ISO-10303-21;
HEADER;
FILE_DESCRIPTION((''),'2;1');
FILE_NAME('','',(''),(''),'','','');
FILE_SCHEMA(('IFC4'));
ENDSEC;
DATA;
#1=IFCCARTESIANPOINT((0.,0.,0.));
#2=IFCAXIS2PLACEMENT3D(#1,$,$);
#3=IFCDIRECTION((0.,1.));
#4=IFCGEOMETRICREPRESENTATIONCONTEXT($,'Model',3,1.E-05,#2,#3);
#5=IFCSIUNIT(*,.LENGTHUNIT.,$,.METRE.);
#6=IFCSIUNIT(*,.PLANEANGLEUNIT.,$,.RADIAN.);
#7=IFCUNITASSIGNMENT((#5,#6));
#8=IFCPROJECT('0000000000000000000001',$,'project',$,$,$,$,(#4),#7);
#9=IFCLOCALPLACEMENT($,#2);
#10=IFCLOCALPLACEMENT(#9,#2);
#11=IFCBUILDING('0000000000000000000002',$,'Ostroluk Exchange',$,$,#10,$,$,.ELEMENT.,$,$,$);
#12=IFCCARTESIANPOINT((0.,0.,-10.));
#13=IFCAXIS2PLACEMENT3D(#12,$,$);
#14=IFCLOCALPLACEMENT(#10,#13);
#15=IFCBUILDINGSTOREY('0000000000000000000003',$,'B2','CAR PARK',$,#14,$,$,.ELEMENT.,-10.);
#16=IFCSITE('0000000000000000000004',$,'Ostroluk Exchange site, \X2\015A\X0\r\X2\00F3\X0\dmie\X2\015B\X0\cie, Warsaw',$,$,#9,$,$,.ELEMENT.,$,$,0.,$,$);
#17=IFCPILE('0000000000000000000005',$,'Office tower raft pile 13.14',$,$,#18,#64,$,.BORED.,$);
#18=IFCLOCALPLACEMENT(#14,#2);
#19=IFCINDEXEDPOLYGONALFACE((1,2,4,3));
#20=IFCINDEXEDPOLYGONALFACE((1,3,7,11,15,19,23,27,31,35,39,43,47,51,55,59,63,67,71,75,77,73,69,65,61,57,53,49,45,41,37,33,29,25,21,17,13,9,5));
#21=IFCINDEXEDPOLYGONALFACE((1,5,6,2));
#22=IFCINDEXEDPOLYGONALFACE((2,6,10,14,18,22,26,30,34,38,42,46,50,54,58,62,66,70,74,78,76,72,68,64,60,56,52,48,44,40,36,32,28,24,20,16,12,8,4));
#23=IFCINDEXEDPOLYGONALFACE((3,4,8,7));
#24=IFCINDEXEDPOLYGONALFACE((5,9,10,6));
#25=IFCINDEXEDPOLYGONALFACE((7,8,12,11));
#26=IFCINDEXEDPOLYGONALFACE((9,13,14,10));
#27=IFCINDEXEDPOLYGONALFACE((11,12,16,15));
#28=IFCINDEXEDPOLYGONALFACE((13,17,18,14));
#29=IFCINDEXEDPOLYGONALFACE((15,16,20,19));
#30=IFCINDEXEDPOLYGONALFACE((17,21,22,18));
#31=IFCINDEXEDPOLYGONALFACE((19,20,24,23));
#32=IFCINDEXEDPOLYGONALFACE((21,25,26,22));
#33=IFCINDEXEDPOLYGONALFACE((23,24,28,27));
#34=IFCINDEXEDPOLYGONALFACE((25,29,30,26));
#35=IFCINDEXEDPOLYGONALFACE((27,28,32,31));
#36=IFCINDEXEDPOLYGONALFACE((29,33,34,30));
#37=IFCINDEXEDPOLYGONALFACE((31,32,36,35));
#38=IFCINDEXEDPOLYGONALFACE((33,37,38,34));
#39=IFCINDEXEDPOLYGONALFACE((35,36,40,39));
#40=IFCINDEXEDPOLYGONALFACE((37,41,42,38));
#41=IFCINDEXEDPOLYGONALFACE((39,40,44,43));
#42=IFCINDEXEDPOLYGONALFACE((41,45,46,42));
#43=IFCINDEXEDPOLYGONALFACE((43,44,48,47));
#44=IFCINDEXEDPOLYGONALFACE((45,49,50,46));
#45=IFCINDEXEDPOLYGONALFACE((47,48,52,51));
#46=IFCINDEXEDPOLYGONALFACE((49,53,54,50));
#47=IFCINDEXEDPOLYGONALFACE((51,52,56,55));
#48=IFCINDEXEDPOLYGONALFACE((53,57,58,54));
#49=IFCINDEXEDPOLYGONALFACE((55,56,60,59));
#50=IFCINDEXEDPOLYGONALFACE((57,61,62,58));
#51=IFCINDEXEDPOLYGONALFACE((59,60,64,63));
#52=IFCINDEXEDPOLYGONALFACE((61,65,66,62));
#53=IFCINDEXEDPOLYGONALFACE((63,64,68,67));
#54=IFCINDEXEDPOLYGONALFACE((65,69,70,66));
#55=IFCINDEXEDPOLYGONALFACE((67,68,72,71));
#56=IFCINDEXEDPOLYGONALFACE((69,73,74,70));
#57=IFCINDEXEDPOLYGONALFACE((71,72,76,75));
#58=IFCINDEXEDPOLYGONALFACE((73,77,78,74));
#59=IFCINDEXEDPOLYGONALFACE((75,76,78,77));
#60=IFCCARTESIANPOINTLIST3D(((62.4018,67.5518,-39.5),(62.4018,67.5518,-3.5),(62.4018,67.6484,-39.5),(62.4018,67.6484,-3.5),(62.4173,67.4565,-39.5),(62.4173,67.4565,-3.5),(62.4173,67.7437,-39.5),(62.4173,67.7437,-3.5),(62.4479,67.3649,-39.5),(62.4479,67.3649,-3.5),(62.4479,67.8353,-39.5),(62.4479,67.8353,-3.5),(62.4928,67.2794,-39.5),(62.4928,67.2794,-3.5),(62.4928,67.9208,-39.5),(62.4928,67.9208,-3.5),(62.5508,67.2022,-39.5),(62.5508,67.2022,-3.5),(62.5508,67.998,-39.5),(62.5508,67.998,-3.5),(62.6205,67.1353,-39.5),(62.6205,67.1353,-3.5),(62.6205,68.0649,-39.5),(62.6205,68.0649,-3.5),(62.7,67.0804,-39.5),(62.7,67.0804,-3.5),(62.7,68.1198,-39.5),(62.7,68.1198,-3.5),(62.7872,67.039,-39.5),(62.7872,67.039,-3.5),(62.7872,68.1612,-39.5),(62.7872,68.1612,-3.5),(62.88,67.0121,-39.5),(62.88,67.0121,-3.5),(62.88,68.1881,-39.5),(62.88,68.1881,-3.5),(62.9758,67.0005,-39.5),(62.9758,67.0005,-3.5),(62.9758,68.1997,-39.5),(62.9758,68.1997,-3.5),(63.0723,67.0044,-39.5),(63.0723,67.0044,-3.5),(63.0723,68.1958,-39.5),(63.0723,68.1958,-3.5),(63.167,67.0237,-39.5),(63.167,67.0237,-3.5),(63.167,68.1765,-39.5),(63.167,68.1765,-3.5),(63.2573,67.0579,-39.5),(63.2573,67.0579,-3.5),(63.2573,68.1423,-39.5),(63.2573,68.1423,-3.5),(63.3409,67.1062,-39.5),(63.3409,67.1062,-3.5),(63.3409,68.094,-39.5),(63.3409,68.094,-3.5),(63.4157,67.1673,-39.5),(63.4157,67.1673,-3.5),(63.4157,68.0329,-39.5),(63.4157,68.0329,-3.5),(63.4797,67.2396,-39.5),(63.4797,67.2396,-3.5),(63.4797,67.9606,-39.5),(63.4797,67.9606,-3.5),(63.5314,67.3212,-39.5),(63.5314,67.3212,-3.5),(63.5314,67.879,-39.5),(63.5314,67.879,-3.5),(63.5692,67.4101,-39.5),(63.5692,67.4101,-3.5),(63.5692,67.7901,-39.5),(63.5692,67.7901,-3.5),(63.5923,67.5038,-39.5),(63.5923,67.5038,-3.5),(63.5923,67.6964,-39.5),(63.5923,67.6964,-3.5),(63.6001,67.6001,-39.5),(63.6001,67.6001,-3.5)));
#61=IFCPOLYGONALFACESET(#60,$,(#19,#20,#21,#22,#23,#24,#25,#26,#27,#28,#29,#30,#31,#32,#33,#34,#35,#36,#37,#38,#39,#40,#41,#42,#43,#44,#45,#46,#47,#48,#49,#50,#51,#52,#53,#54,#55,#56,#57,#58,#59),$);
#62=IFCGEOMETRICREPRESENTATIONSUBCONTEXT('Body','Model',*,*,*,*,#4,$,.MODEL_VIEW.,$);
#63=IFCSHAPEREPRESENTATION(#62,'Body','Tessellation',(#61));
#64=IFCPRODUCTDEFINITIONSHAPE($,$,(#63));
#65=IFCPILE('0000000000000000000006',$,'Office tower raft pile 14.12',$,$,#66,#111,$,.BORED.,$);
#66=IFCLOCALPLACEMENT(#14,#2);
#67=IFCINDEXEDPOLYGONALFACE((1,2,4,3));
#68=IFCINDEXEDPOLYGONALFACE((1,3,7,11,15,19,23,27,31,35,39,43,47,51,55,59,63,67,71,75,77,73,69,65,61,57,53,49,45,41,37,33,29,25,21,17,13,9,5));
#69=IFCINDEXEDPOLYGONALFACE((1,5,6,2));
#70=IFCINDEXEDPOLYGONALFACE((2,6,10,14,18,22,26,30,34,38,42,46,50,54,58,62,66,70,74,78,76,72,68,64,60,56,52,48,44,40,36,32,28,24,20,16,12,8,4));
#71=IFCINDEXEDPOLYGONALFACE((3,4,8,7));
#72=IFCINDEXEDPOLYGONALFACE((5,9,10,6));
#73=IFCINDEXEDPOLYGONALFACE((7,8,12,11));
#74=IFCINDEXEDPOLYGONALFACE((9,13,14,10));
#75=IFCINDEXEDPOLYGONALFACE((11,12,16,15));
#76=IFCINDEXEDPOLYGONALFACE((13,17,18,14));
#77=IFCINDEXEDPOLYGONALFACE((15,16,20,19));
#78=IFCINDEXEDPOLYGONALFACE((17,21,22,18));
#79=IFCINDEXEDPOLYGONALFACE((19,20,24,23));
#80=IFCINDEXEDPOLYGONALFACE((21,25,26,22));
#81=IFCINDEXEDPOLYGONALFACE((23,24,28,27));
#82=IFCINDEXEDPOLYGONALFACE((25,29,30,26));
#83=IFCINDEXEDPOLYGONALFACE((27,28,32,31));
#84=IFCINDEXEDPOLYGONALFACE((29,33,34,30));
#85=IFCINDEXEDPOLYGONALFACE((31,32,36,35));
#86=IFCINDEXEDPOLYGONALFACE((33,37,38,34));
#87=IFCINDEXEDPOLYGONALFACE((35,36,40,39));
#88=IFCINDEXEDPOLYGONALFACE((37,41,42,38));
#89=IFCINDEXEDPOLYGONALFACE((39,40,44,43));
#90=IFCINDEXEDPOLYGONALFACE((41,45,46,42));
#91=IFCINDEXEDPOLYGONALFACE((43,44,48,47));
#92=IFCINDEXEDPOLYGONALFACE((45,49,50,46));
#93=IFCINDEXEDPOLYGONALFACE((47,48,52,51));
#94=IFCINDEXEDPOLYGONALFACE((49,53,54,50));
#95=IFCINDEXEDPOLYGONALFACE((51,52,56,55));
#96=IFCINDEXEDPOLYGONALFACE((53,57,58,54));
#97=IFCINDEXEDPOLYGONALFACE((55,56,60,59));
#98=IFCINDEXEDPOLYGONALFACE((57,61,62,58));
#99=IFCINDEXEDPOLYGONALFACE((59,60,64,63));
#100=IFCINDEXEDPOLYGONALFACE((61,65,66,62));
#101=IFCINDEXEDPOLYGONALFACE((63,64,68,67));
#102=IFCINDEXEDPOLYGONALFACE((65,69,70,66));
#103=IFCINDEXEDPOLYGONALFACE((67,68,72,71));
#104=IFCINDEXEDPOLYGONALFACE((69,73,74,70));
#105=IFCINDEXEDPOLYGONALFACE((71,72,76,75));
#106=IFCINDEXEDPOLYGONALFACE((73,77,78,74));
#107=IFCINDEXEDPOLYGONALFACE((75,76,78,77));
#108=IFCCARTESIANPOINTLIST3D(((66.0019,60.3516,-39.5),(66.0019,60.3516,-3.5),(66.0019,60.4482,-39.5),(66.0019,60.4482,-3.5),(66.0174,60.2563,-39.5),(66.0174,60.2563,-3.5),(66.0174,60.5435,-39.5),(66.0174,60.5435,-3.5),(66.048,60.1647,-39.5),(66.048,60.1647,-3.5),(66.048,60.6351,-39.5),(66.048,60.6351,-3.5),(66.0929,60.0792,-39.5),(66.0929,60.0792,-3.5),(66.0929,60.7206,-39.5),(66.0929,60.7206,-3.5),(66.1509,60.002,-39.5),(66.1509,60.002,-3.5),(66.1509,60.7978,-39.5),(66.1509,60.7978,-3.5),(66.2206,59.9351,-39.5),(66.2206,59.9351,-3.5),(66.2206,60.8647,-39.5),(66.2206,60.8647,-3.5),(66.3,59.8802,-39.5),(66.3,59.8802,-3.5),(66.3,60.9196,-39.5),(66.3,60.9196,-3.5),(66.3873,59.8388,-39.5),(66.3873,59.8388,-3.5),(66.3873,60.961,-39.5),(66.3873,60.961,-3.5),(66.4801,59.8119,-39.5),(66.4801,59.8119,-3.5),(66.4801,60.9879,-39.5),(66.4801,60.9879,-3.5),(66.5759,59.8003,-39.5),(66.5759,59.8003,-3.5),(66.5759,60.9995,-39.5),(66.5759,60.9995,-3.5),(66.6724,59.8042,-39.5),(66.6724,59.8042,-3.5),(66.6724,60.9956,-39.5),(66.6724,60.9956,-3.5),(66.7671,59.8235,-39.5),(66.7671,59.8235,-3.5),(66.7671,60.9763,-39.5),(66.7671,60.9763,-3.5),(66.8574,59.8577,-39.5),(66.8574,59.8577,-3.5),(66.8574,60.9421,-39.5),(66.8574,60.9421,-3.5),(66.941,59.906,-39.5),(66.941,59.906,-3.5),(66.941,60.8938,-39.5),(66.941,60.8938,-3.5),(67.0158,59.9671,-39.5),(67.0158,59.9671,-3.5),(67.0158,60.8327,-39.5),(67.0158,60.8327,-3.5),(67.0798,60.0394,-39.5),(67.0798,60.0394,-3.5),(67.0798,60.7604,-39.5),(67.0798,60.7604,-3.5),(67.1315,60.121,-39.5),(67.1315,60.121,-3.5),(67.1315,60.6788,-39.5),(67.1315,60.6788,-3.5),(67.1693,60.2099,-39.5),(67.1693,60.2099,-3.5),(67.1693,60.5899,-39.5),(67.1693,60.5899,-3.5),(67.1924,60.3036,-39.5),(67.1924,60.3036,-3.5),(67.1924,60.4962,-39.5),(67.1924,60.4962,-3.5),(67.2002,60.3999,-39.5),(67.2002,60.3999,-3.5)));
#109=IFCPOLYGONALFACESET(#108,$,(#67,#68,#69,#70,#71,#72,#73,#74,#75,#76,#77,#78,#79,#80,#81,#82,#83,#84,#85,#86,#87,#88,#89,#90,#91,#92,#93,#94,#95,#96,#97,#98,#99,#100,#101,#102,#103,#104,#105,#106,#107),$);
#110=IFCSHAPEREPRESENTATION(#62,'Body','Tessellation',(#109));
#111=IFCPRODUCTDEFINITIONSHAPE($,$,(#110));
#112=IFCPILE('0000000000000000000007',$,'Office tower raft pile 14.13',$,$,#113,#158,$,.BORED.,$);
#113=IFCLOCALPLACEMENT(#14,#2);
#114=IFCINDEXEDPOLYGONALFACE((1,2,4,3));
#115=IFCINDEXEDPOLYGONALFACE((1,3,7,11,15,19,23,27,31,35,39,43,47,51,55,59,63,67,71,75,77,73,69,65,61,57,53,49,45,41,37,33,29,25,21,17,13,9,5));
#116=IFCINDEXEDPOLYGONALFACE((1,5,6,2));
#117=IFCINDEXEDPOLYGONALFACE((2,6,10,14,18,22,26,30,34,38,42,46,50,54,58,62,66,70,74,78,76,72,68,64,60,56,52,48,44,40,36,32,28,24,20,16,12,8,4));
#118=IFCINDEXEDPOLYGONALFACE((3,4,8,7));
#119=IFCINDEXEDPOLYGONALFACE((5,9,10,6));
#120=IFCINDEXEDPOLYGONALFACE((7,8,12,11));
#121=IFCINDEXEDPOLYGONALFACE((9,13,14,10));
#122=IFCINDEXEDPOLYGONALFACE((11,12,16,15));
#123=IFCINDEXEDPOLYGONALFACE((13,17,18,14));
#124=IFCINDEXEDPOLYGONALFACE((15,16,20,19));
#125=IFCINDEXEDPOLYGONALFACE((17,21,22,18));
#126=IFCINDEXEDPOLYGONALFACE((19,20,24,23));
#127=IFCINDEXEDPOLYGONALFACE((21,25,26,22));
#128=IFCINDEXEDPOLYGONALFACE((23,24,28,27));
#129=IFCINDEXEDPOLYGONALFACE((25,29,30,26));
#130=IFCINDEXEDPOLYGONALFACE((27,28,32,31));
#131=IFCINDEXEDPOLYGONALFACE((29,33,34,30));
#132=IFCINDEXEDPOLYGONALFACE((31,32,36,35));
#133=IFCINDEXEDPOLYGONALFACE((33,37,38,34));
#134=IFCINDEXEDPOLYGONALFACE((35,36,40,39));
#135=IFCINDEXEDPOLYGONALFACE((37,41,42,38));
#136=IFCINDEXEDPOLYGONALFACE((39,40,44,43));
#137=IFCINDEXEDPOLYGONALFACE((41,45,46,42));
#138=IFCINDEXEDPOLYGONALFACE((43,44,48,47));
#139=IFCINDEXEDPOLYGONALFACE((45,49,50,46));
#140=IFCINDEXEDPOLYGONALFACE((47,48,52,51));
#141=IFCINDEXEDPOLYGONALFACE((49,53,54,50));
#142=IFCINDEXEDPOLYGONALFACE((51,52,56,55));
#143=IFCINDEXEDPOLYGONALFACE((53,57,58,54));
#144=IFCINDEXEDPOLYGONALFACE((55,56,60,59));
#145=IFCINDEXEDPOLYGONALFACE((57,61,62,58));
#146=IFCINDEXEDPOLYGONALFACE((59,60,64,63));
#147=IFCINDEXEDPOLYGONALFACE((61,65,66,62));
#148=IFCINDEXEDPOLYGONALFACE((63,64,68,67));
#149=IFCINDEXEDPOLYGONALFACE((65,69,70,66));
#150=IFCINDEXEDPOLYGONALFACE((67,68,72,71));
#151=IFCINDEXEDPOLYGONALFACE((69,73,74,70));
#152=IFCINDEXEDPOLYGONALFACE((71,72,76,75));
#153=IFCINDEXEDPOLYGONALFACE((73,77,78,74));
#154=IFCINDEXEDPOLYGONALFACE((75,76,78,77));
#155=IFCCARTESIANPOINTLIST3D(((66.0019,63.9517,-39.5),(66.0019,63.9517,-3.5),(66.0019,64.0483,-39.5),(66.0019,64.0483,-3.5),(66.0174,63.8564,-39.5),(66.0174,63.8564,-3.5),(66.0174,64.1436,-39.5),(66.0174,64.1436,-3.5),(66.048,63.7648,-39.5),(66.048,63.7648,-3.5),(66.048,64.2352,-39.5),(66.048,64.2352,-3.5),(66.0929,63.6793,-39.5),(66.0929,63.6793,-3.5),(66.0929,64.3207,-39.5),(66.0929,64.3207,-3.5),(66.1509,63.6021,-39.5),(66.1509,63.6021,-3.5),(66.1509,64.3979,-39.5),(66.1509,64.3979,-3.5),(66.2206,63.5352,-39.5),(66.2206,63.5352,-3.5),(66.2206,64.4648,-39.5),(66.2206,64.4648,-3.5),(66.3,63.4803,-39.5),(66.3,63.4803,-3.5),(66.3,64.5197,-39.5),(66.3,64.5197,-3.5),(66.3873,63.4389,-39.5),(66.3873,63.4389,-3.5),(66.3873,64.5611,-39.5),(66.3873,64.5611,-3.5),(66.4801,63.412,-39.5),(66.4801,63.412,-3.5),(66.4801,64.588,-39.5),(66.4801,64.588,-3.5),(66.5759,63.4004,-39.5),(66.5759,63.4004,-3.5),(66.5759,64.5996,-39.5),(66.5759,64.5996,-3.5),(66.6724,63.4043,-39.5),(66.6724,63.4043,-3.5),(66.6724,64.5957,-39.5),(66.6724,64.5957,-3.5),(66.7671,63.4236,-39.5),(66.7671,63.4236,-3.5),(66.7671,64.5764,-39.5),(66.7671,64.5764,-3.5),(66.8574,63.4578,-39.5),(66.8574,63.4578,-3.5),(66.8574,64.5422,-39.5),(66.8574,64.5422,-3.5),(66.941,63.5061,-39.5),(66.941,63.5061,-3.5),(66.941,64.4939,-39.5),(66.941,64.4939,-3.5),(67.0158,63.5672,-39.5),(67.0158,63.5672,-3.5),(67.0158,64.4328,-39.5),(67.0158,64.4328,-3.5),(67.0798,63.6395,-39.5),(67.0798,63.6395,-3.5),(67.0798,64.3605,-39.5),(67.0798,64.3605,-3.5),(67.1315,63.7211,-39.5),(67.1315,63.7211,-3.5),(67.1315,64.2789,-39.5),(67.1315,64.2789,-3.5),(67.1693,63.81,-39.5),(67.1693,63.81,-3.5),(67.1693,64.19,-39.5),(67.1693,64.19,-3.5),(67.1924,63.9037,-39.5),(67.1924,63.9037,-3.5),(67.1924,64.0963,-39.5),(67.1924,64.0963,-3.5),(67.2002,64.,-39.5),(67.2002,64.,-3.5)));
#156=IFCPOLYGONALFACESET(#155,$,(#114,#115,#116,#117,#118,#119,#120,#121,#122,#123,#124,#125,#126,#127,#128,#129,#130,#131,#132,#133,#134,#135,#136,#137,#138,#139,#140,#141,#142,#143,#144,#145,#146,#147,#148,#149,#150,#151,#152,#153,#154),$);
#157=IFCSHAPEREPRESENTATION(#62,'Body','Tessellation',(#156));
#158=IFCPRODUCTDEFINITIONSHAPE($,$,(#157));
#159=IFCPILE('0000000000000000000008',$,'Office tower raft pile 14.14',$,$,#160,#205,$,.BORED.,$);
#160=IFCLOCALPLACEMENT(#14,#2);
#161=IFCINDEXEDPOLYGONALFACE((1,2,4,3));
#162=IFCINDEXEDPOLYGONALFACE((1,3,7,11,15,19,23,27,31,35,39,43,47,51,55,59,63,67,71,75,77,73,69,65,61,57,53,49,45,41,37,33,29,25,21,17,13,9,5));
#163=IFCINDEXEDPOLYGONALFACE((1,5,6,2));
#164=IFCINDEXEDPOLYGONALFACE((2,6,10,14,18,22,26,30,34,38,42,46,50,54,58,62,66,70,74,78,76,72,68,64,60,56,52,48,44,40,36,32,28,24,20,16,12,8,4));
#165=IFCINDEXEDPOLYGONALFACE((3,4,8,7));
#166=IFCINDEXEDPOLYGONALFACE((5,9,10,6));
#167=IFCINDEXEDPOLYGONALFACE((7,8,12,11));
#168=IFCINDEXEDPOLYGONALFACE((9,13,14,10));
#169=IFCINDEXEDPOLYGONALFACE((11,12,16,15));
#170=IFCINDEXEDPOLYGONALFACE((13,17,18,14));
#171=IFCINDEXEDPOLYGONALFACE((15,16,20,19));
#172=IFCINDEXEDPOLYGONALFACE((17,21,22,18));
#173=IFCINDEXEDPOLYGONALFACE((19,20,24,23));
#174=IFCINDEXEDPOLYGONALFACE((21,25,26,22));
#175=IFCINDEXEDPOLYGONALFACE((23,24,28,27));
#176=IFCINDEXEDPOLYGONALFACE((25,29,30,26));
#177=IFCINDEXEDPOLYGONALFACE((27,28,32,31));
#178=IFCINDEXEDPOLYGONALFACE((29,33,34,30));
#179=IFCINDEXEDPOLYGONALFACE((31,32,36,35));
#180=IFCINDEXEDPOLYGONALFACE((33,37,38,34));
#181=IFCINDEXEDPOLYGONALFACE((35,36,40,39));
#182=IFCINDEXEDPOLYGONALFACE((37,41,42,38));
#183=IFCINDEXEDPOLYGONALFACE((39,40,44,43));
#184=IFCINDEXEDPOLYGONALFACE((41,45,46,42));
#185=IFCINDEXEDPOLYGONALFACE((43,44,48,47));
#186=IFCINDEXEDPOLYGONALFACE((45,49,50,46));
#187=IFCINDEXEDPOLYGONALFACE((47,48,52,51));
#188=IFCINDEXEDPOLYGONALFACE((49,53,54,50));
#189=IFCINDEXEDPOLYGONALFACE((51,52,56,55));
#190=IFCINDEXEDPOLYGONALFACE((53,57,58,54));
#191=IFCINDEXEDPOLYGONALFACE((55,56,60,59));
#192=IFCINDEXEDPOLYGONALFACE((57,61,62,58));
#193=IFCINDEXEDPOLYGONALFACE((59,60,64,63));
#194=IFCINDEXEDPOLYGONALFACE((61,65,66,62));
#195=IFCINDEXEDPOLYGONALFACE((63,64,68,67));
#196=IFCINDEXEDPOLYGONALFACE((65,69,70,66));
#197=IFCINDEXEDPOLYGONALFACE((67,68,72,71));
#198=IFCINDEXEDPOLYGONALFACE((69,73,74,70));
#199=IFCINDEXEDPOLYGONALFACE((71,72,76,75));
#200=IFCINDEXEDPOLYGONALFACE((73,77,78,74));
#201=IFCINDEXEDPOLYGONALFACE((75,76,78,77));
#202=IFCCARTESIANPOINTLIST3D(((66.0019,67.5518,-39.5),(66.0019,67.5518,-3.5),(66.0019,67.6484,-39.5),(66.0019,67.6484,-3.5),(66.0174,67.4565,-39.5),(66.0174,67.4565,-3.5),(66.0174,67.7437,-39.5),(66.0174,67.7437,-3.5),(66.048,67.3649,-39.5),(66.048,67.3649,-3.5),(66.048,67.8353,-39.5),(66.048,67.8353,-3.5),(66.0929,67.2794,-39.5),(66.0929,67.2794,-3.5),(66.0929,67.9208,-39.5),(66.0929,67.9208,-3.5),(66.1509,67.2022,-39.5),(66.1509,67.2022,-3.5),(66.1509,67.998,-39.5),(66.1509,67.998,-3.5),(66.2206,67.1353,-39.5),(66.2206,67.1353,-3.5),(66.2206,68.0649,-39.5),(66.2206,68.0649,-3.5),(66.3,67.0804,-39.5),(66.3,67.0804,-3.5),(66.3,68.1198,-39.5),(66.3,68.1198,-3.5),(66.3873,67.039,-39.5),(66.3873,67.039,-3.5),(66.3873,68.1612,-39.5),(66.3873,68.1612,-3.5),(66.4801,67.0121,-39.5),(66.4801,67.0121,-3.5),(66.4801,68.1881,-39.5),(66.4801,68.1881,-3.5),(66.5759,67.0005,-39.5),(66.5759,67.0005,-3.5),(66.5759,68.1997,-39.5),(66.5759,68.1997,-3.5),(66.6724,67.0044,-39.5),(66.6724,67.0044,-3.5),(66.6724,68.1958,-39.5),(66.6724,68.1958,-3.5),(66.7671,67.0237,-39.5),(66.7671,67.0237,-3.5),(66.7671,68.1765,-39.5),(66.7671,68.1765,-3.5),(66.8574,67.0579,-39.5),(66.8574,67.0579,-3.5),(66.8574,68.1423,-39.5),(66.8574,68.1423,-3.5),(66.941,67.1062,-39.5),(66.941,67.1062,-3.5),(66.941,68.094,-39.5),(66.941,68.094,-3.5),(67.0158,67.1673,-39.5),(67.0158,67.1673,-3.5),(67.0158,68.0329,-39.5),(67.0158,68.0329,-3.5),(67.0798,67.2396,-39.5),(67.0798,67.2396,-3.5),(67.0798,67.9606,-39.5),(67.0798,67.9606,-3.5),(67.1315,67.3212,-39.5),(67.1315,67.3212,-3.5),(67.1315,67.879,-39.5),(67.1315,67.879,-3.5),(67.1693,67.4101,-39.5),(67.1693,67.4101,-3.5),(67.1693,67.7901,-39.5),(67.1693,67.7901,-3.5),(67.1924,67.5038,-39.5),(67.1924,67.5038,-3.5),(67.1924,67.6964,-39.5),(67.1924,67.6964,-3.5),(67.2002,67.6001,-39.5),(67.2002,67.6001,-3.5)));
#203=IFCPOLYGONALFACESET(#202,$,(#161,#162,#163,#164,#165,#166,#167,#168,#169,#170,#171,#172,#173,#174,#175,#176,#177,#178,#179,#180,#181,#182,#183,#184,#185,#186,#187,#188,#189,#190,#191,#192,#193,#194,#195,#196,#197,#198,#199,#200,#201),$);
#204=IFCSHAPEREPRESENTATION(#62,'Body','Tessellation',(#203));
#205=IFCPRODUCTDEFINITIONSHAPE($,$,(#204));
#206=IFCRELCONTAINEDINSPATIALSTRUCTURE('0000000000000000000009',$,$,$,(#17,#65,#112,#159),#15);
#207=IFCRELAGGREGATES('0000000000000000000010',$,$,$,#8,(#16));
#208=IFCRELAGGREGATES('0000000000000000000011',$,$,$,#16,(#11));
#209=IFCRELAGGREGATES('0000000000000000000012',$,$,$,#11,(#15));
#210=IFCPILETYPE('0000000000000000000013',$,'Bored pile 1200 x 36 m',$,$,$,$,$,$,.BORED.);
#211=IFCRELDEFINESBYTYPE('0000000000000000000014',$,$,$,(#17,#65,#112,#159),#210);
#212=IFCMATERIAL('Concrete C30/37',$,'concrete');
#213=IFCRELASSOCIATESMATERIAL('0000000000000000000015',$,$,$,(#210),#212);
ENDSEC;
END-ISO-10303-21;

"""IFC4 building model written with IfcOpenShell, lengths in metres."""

from ifc_helpers import new_model, si_unit, direction, frame, origin, origin_2d, place, context, subcontext, project, spatial, circle, extrude, material, type_object, element, save


model = new_model("IFC4")

# Units and contexts
model_context = context("Model", 3, precision=1e-05, world=origin(), true_north=direction((0.0, 1.0)))
body_context = subcontext(model_context, "Body", "Model", "MODEL_VIEW")
ifc_project = project(units=[si_unit("LENGTHUNIT", "METRE"), si_unit("PLANEANGLEUNIT", "RADIAN")], contexts=[model_context])

# Site, building, storey
site_placement = place(None, origin())
site = spatial("IfcSite", under=ifc_project, at=site_placement, Name="Ostroluk Exchange site, Śródmieście, Warsaw", CompositionType="ELEMENT", RefElevation=0.0)
building_placement = place(site_placement, origin())
building = spatial("IfcBuilding", under=site, at=building_placement, Name="Ostroluk Exchange", CompositionType="ELEMENT")
storey_placement = place(building_placement, frame((0.0, 0.0, -10.0)))
storey = spatial("IfcBuildingStorey", under=building, at=storey_placement, Name="B2", Description="CAR PARK", CompositionType="ELEMENT", Elevation=-10.0)

# Piles
ifc_material_1 = material(Name="Concrete C30/37", Category="concrete")
pile_type = type_object("IfcPileType", Name="Bored pile 1200 x 36 m", PredefinedType="BORED", material=ifc_material_1)
for number, where, z_axis, x_axis, name in (
    (1, (63.0, 67.6001, -3.5), (0.0, 0.0, -1.0), (1.0, 0.0, 0.0), "Office tower raft pile 13.14"),
    (2, (66.6001, 60.3999, -3.5), (0.0, 0.0, -1.0), (1.0, 0.0, 0.0), "Office tower raft pile 14.12"),
    (3, (66.6001, 64.0, -3.5), (0.0, 0.0, -1.0), (1.0, 0.0, 0.0), "Office tower raft pile 14.13"),
    (4, (66.6001, 67.6001, -3.5), (0.0, 0.0, -1.0), (1.0, 0.0, 0.0), "Office tower raft pile 14.14"),
):
    element("IfcPile", number, at=place(storey_placement, frame(where, z_axis=z_axis, x_axis=x_axis)), inside=storey, type_object=pile_type, Name=name, PredefinedType="BORED", context=body_context, shape_type="SweptSolid", body=[
        extrude(circle(Radius=0.6001, at=origin_2d()), origin(), (0.0, 0.0, 1.0), 36.0),
    ])

save(model, "model.ifc")
